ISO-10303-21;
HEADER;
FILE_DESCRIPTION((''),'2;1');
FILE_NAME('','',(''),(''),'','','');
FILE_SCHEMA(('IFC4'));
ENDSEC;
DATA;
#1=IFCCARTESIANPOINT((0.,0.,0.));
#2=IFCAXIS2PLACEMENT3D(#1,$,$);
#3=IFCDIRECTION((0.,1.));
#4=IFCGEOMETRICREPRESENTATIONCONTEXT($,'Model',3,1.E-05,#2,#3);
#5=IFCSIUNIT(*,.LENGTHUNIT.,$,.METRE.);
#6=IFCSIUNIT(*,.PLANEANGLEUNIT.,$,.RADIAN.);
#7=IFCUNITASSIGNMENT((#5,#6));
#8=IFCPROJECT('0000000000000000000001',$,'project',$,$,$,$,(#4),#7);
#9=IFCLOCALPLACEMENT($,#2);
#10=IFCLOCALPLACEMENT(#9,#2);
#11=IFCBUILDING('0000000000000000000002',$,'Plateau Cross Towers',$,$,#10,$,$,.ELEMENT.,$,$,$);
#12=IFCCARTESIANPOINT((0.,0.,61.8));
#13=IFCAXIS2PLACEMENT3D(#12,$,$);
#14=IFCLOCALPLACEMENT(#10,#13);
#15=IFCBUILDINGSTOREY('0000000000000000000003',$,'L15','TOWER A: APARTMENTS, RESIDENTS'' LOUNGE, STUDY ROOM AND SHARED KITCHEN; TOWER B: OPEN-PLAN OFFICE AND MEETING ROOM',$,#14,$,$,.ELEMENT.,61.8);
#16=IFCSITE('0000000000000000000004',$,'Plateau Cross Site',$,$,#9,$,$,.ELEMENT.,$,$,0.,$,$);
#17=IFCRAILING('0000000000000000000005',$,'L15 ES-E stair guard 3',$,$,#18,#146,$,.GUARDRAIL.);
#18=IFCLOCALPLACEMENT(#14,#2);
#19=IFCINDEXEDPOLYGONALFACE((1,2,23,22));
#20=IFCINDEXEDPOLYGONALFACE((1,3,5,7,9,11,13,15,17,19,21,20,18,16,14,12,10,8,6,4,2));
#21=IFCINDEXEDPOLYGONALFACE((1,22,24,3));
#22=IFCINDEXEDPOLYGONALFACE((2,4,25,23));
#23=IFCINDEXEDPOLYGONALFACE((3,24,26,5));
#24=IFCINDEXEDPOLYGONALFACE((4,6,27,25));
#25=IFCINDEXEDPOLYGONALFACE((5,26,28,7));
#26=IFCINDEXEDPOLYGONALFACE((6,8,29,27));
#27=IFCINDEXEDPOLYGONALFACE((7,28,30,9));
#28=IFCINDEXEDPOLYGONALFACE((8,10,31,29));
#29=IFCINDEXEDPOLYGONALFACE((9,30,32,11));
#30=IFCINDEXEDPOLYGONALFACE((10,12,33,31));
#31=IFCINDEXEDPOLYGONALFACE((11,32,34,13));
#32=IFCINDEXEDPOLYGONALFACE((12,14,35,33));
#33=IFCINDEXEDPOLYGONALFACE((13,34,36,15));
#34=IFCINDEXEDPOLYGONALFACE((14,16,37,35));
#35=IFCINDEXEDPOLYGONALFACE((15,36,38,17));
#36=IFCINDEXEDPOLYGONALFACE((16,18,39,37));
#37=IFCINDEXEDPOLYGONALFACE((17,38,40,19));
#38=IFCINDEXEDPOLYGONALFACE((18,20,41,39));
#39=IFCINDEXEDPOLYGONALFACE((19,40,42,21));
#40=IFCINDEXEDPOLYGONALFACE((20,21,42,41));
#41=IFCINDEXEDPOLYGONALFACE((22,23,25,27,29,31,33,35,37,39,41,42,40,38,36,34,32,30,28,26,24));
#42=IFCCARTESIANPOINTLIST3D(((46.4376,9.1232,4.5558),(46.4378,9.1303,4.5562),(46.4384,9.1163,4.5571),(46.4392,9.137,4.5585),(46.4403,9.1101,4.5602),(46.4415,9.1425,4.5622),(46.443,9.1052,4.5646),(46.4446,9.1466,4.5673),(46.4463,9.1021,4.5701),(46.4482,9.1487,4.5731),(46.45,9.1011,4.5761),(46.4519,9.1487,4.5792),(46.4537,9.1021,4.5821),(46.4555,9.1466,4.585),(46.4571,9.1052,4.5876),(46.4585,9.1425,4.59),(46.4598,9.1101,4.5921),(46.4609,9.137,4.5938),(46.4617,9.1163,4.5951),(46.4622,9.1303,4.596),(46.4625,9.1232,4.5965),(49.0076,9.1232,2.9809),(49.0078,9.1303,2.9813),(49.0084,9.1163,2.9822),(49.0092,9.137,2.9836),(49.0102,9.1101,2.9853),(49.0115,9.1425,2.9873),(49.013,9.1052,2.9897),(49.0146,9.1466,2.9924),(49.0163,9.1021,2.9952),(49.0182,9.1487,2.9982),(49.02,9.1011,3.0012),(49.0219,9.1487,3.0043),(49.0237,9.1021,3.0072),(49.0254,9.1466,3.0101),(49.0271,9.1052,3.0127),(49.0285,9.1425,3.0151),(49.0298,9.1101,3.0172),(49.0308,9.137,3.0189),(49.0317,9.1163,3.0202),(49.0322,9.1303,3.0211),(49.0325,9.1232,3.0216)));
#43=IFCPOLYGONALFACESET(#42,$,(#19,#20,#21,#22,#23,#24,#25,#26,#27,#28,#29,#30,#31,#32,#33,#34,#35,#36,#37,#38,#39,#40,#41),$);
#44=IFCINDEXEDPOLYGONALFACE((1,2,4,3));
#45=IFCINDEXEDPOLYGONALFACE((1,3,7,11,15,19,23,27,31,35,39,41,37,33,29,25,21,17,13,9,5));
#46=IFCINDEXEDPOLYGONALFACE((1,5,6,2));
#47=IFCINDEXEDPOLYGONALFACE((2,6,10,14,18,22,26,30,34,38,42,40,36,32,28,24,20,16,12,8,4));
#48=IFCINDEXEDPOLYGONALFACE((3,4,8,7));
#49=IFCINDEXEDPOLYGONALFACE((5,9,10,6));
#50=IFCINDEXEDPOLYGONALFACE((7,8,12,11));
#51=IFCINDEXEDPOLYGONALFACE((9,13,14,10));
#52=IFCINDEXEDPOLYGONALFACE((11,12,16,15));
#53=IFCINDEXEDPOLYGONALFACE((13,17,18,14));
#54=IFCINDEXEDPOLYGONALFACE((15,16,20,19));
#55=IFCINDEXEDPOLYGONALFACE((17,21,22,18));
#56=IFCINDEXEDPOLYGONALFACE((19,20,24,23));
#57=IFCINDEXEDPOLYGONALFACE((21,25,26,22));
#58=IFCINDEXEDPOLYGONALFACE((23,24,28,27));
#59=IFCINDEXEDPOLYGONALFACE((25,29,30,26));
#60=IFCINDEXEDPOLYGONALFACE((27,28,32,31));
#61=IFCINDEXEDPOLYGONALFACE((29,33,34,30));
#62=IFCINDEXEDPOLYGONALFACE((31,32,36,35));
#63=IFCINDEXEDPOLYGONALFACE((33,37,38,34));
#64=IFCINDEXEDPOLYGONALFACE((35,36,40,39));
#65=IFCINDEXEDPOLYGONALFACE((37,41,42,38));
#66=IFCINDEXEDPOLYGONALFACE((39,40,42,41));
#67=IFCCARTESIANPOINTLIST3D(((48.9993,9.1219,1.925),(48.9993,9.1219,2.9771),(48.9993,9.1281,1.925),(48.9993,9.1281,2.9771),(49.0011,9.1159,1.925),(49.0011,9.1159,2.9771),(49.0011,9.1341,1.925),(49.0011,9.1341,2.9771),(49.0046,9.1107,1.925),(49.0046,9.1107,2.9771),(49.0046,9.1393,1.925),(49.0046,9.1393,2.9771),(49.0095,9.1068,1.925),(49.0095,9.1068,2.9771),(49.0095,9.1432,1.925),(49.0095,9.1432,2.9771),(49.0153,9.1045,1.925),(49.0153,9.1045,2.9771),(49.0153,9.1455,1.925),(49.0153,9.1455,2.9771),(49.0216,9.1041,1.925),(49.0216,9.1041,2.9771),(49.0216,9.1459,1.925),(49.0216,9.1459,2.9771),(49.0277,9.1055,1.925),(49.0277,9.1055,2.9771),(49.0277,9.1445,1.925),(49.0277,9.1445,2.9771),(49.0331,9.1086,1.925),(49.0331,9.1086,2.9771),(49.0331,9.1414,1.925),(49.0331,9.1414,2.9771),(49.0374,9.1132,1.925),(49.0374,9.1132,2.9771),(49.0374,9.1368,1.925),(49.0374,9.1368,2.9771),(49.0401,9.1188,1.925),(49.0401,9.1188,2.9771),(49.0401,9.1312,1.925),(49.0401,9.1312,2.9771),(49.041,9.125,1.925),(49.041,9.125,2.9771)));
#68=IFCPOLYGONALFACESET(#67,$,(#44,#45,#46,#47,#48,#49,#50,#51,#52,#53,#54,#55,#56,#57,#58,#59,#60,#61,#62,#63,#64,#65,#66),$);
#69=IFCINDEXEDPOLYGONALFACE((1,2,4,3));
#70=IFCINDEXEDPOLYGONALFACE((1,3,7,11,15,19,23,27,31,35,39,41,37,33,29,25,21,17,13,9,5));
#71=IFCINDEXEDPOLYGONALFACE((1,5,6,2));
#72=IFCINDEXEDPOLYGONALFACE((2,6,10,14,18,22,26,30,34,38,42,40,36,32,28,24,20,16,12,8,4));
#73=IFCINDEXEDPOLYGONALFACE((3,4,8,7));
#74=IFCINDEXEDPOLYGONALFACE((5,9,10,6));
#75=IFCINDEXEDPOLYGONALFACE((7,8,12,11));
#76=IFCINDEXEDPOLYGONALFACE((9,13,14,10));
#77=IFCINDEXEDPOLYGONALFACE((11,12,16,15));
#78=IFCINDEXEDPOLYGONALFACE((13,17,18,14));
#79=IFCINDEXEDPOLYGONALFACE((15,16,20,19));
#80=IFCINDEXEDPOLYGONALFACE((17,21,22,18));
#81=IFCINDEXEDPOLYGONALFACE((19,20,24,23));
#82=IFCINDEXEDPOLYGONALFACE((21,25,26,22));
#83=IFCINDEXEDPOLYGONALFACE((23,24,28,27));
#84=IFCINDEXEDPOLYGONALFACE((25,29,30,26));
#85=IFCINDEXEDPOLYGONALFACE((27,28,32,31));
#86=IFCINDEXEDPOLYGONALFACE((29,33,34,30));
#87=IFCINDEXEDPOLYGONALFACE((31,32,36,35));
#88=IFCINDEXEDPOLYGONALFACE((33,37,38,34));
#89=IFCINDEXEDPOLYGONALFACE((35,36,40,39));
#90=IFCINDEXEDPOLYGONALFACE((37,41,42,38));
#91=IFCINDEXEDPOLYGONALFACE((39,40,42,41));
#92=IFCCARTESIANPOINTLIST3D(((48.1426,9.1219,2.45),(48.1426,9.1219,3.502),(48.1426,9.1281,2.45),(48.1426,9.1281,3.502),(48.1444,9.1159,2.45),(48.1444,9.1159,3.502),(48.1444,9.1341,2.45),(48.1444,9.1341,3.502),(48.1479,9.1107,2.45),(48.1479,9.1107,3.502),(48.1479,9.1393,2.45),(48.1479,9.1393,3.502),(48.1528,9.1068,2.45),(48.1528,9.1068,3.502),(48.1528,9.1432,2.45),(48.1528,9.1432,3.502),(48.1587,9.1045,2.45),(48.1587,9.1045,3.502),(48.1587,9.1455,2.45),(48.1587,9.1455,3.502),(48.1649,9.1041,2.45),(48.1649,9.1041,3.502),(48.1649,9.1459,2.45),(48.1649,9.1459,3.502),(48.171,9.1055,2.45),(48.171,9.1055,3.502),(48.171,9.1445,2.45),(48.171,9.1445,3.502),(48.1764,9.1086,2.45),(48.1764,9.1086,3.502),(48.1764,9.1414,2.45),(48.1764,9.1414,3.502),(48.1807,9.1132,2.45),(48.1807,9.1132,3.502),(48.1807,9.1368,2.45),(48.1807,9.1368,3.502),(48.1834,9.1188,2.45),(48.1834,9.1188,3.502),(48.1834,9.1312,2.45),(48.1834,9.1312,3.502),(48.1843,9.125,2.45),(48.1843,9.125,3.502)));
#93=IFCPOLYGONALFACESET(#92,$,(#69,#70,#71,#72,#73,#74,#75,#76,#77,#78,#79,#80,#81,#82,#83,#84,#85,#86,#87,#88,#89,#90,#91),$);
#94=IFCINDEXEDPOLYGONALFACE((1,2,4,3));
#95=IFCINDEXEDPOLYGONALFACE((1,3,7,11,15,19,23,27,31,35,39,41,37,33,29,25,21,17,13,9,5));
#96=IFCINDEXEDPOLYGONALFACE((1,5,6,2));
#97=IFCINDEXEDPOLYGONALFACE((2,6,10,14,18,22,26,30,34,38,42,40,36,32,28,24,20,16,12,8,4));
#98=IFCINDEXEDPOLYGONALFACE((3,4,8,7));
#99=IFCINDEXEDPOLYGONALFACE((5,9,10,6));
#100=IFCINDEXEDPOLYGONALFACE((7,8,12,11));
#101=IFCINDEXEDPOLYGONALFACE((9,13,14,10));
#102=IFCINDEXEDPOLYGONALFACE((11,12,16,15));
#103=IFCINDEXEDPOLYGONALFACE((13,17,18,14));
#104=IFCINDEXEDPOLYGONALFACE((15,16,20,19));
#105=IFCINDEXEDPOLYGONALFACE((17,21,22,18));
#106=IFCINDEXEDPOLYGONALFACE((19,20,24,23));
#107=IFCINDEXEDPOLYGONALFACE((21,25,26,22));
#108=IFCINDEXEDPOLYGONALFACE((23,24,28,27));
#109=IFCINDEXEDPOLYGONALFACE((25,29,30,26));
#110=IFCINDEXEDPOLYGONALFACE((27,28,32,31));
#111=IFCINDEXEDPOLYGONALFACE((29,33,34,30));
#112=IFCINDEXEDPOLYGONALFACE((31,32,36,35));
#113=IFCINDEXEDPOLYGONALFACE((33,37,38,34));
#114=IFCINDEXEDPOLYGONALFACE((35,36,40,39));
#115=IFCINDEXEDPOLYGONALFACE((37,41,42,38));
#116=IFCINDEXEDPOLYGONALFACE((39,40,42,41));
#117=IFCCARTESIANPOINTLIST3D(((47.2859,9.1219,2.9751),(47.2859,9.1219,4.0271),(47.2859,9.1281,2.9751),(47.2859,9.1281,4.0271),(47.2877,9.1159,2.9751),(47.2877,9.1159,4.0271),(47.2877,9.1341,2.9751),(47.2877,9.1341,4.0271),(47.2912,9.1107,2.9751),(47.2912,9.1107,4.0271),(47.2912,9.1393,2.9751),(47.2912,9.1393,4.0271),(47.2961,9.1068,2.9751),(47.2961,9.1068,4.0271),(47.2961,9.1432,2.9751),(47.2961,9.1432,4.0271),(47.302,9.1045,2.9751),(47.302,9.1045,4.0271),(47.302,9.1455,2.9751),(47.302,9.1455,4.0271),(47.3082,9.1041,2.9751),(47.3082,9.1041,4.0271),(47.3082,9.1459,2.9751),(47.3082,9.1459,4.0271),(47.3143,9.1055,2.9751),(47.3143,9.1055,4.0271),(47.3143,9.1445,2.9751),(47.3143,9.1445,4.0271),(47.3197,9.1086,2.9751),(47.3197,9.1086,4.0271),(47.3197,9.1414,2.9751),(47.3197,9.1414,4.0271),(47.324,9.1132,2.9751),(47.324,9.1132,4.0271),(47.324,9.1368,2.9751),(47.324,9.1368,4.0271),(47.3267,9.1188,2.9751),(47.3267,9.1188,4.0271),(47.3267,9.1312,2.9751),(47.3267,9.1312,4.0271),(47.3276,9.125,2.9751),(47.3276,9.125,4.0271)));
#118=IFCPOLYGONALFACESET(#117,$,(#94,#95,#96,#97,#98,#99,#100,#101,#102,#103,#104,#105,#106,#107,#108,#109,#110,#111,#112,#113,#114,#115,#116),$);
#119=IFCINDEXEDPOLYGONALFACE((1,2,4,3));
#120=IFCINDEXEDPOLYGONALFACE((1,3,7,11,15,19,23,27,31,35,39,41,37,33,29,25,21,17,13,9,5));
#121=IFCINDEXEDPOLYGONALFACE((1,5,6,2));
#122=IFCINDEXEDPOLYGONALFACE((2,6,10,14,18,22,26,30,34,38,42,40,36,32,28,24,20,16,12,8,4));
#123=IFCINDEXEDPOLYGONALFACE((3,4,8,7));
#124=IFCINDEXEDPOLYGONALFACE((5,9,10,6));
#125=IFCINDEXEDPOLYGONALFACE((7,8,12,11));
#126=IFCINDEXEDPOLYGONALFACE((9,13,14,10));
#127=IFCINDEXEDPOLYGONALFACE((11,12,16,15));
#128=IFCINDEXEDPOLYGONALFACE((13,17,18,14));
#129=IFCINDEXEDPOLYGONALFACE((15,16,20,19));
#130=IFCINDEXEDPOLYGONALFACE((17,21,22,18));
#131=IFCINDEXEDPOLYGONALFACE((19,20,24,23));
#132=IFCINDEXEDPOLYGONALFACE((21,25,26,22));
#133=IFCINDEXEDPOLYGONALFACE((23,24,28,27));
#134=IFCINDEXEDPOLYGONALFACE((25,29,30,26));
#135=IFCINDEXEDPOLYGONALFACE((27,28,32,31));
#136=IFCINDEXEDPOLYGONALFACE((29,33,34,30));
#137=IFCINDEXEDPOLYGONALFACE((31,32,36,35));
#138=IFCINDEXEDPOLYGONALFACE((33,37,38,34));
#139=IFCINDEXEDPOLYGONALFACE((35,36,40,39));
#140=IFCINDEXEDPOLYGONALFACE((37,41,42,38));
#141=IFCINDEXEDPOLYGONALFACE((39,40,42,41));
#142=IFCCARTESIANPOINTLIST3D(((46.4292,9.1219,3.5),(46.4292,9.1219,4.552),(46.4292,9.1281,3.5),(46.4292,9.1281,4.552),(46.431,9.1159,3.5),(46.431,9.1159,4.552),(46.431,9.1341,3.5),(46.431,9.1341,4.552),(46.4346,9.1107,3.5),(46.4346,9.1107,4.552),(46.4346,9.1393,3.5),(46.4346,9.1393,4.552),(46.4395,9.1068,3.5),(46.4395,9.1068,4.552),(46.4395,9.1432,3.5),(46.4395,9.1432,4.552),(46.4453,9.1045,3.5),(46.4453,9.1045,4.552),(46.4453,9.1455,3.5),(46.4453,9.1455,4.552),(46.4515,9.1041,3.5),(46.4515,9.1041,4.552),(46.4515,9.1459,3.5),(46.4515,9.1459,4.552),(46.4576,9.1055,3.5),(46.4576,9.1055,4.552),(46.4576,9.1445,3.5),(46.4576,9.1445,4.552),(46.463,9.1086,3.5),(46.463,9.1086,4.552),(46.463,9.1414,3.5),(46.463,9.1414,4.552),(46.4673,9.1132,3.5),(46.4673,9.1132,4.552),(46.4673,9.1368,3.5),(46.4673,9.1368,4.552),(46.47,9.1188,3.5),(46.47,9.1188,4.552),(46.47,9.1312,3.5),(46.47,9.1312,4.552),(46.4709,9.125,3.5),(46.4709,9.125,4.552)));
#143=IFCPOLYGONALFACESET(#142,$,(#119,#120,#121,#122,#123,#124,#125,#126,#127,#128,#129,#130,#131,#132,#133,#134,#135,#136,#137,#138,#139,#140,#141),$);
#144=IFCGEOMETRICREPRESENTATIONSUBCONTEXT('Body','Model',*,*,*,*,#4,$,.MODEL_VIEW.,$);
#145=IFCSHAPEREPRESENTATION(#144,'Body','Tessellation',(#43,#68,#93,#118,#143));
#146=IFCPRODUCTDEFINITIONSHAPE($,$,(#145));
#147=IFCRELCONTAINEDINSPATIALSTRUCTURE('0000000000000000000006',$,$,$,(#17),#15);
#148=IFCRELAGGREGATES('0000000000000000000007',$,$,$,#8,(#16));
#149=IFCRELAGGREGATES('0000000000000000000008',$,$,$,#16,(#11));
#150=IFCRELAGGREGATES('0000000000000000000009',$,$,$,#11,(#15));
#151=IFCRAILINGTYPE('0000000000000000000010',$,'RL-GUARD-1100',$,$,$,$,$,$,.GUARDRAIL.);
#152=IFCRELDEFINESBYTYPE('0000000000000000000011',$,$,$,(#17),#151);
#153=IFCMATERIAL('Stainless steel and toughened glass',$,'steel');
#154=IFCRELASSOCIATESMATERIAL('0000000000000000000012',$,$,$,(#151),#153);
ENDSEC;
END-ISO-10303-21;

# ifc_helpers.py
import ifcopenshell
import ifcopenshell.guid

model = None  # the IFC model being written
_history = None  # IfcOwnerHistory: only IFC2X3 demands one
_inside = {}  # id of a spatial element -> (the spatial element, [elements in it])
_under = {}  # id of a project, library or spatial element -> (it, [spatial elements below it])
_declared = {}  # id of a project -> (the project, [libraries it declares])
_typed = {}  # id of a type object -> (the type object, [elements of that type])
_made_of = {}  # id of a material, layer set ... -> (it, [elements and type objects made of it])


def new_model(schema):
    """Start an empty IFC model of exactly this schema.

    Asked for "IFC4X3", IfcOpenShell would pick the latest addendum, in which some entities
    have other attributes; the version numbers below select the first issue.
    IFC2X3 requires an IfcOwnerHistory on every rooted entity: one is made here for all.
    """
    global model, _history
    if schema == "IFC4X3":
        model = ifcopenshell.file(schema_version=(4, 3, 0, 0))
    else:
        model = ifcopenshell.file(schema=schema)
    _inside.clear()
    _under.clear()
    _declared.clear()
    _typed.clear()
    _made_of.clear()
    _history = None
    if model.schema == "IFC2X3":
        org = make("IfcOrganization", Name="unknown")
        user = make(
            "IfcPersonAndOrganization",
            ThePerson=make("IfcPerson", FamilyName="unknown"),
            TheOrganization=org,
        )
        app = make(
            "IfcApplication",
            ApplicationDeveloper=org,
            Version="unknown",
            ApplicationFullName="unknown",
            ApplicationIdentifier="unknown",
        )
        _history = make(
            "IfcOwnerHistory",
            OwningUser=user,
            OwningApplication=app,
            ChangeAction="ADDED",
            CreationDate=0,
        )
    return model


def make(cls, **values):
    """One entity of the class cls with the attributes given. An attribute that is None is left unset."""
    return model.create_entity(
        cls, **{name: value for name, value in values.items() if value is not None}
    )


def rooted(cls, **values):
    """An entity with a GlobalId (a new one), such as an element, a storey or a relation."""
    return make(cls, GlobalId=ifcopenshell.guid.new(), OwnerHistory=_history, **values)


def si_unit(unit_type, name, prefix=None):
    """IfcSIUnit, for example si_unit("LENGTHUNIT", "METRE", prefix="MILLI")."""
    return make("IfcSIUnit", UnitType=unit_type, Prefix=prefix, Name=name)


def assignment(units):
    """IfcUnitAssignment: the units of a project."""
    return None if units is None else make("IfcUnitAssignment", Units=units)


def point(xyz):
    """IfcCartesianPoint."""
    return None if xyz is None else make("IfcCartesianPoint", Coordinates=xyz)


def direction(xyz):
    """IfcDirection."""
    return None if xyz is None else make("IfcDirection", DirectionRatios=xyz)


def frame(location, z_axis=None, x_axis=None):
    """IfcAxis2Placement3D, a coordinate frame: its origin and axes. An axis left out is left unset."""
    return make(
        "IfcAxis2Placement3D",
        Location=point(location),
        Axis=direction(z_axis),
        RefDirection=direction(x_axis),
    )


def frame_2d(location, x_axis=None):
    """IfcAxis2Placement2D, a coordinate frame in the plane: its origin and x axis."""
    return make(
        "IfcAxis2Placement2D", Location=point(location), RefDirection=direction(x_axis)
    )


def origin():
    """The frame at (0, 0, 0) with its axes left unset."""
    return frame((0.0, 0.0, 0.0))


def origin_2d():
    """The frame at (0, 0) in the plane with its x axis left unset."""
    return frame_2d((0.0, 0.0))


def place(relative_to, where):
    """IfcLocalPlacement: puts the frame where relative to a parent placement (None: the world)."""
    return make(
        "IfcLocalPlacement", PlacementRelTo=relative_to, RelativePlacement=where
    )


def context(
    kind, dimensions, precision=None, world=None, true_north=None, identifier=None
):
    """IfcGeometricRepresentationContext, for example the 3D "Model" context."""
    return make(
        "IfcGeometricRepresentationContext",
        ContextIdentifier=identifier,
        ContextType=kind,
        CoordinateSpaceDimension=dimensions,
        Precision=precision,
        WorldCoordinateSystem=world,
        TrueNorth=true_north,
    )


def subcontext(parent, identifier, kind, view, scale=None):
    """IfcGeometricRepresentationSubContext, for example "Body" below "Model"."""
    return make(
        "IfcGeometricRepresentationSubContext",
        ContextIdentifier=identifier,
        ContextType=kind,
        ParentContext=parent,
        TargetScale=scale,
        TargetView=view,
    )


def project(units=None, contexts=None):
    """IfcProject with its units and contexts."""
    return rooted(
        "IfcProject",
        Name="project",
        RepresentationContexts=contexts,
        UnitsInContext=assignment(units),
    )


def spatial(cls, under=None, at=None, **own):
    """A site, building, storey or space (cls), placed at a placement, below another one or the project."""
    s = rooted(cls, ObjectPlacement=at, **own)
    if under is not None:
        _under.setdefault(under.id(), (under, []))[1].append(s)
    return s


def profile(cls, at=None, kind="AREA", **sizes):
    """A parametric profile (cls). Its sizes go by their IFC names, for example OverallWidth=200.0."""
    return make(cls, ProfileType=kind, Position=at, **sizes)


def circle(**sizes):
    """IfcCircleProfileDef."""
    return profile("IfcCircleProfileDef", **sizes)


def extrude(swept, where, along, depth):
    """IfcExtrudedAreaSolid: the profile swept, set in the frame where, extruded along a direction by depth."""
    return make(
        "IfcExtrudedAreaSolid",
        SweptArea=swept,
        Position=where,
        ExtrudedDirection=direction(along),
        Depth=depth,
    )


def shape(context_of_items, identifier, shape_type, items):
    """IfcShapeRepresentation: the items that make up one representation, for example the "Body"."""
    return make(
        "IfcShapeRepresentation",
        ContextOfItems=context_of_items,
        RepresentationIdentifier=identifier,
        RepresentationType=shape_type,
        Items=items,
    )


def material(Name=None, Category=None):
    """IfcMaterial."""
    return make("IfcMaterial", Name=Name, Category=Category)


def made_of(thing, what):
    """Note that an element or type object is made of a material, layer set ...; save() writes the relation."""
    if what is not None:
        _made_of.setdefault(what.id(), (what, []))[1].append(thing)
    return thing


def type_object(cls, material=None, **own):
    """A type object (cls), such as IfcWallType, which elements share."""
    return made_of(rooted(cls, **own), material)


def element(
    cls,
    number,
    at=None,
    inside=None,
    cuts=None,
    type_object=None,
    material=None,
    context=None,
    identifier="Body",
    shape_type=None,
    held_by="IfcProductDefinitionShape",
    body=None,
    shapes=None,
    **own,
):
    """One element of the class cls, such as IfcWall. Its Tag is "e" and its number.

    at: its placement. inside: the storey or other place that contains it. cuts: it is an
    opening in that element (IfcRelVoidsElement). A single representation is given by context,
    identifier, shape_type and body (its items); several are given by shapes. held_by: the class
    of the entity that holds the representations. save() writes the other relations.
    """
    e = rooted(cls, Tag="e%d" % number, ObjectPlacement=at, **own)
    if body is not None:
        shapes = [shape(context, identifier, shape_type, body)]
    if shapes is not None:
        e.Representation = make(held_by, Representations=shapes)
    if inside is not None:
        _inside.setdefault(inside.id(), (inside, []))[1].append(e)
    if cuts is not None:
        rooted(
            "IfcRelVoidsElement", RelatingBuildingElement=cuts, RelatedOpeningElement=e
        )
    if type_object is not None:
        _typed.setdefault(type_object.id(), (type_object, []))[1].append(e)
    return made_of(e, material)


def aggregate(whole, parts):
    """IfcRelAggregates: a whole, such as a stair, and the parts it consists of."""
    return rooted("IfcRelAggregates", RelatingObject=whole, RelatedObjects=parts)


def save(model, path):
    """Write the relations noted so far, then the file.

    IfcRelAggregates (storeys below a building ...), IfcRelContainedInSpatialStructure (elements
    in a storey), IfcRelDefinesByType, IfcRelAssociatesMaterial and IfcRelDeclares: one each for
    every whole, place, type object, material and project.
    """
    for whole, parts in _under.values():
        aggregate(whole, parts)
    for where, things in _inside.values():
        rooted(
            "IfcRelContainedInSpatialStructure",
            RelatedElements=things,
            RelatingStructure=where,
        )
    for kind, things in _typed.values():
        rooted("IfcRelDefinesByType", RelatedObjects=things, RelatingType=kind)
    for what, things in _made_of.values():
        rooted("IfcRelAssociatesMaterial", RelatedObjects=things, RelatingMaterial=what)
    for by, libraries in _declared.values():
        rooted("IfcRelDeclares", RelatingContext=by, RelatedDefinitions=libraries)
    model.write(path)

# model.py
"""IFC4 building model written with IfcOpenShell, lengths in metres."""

from ifc_helpers import new_model, si_unit, direction, frame, origin, origin_2d, place, context, subcontext, project, spatial, circle, extrude, material, type_object, element, save


model = new_model("IFC4")

# Units and contexts
model_context = context("Model", 3, precision=1e-05, world=origin(), true_north=direction((0.0, 1.0)))
body_context = subcontext(model_context, "Body", "Model", "MODEL_VIEW")
ifc_project = project(units=[si_unit("LENGTHUNIT", "METRE"), si_unit("PLANEANGLEUNIT", "RADIAN")], contexts=[model_context])

# Site, building, storey
site_placement = place(None, origin())
site = spatial("IfcSite", under=ifc_project, at=site_placement, Name="Plateau Cross Site", CompositionType="ELEMENT", RefElevation=0.0)
building_placement = place(site_placement, origin())
building = spatial("IfcBuilding", under=site, at=building_placement, Name="Plateau Cross Towers", CompositionType="ELEMENT")
storey_placement = place(building_placement, frame((0.0, 0.0, 61.8)))
storey = spatial("IfcBuildingStorey", under=building, at=storey_placement, Name="L15", Description="TOWER A: APARTMENTS, RESIDENTS' LOUNGE, STUDY ROOM AND SHARED KITCHEN; TOWER B: OPEN-PLAN OFFICE AND MEETING ROOM", CompositionType="ELEMENT", Elevation=61.8)

# Railing
ifc_material_1 = material(Name="Stainless steel and toughened glass", Category="steel")
railing_type_1 = type_object("IfcRailingType", Name="RL-GUARD-1100", PredefinedType="GUARDRAIL", material=ifc_material_1)
railing_1_placement = place(storey_placement, frame((49.02, 9.125, 1.925)))
element("IfcRailing", 1, at=railing_1_placement, inside=storey, type_object=railing_type_1, Name="L15 ES-E stair guard 3", PredefinedType="GUARDRAIL", context=body_context, shape_type="SweptSolid", body=[
    extrude(circle(Radius=0.0239, at=origin_2d()), frame((0.0, 0.0, 1.0762), z_axis=(-0.852639, 0.0, 0.522501), x_axis=(0.0, -1.0, 0.0)), (0.0, 0.0, 1.0), 3.0142),
    extrude(circle(Radius=0.021, at=origin_2d()), origin(), (0.0, 0.0, 1.0), 1.052),
    extrude(circle(Radius=0.021, at=origin_2d()), frame((-0.8567, 0.0, 0.5249)), (0.0, 0.0, 1.0), 1.052),
    extrude(circle(Radius=0.021, at=origin_2d()), frame((-1.7134, 0.0, 1.05)), (0.0, 0.0, 1.0), 1.052),
    extrude(circle(Radius=0.021, at=origin_2d()), frame((-2.5701, 0.0, 1.575)), (0.0, 0.0, 1.0), 1.052),
])

save(model, "model.ifc")
